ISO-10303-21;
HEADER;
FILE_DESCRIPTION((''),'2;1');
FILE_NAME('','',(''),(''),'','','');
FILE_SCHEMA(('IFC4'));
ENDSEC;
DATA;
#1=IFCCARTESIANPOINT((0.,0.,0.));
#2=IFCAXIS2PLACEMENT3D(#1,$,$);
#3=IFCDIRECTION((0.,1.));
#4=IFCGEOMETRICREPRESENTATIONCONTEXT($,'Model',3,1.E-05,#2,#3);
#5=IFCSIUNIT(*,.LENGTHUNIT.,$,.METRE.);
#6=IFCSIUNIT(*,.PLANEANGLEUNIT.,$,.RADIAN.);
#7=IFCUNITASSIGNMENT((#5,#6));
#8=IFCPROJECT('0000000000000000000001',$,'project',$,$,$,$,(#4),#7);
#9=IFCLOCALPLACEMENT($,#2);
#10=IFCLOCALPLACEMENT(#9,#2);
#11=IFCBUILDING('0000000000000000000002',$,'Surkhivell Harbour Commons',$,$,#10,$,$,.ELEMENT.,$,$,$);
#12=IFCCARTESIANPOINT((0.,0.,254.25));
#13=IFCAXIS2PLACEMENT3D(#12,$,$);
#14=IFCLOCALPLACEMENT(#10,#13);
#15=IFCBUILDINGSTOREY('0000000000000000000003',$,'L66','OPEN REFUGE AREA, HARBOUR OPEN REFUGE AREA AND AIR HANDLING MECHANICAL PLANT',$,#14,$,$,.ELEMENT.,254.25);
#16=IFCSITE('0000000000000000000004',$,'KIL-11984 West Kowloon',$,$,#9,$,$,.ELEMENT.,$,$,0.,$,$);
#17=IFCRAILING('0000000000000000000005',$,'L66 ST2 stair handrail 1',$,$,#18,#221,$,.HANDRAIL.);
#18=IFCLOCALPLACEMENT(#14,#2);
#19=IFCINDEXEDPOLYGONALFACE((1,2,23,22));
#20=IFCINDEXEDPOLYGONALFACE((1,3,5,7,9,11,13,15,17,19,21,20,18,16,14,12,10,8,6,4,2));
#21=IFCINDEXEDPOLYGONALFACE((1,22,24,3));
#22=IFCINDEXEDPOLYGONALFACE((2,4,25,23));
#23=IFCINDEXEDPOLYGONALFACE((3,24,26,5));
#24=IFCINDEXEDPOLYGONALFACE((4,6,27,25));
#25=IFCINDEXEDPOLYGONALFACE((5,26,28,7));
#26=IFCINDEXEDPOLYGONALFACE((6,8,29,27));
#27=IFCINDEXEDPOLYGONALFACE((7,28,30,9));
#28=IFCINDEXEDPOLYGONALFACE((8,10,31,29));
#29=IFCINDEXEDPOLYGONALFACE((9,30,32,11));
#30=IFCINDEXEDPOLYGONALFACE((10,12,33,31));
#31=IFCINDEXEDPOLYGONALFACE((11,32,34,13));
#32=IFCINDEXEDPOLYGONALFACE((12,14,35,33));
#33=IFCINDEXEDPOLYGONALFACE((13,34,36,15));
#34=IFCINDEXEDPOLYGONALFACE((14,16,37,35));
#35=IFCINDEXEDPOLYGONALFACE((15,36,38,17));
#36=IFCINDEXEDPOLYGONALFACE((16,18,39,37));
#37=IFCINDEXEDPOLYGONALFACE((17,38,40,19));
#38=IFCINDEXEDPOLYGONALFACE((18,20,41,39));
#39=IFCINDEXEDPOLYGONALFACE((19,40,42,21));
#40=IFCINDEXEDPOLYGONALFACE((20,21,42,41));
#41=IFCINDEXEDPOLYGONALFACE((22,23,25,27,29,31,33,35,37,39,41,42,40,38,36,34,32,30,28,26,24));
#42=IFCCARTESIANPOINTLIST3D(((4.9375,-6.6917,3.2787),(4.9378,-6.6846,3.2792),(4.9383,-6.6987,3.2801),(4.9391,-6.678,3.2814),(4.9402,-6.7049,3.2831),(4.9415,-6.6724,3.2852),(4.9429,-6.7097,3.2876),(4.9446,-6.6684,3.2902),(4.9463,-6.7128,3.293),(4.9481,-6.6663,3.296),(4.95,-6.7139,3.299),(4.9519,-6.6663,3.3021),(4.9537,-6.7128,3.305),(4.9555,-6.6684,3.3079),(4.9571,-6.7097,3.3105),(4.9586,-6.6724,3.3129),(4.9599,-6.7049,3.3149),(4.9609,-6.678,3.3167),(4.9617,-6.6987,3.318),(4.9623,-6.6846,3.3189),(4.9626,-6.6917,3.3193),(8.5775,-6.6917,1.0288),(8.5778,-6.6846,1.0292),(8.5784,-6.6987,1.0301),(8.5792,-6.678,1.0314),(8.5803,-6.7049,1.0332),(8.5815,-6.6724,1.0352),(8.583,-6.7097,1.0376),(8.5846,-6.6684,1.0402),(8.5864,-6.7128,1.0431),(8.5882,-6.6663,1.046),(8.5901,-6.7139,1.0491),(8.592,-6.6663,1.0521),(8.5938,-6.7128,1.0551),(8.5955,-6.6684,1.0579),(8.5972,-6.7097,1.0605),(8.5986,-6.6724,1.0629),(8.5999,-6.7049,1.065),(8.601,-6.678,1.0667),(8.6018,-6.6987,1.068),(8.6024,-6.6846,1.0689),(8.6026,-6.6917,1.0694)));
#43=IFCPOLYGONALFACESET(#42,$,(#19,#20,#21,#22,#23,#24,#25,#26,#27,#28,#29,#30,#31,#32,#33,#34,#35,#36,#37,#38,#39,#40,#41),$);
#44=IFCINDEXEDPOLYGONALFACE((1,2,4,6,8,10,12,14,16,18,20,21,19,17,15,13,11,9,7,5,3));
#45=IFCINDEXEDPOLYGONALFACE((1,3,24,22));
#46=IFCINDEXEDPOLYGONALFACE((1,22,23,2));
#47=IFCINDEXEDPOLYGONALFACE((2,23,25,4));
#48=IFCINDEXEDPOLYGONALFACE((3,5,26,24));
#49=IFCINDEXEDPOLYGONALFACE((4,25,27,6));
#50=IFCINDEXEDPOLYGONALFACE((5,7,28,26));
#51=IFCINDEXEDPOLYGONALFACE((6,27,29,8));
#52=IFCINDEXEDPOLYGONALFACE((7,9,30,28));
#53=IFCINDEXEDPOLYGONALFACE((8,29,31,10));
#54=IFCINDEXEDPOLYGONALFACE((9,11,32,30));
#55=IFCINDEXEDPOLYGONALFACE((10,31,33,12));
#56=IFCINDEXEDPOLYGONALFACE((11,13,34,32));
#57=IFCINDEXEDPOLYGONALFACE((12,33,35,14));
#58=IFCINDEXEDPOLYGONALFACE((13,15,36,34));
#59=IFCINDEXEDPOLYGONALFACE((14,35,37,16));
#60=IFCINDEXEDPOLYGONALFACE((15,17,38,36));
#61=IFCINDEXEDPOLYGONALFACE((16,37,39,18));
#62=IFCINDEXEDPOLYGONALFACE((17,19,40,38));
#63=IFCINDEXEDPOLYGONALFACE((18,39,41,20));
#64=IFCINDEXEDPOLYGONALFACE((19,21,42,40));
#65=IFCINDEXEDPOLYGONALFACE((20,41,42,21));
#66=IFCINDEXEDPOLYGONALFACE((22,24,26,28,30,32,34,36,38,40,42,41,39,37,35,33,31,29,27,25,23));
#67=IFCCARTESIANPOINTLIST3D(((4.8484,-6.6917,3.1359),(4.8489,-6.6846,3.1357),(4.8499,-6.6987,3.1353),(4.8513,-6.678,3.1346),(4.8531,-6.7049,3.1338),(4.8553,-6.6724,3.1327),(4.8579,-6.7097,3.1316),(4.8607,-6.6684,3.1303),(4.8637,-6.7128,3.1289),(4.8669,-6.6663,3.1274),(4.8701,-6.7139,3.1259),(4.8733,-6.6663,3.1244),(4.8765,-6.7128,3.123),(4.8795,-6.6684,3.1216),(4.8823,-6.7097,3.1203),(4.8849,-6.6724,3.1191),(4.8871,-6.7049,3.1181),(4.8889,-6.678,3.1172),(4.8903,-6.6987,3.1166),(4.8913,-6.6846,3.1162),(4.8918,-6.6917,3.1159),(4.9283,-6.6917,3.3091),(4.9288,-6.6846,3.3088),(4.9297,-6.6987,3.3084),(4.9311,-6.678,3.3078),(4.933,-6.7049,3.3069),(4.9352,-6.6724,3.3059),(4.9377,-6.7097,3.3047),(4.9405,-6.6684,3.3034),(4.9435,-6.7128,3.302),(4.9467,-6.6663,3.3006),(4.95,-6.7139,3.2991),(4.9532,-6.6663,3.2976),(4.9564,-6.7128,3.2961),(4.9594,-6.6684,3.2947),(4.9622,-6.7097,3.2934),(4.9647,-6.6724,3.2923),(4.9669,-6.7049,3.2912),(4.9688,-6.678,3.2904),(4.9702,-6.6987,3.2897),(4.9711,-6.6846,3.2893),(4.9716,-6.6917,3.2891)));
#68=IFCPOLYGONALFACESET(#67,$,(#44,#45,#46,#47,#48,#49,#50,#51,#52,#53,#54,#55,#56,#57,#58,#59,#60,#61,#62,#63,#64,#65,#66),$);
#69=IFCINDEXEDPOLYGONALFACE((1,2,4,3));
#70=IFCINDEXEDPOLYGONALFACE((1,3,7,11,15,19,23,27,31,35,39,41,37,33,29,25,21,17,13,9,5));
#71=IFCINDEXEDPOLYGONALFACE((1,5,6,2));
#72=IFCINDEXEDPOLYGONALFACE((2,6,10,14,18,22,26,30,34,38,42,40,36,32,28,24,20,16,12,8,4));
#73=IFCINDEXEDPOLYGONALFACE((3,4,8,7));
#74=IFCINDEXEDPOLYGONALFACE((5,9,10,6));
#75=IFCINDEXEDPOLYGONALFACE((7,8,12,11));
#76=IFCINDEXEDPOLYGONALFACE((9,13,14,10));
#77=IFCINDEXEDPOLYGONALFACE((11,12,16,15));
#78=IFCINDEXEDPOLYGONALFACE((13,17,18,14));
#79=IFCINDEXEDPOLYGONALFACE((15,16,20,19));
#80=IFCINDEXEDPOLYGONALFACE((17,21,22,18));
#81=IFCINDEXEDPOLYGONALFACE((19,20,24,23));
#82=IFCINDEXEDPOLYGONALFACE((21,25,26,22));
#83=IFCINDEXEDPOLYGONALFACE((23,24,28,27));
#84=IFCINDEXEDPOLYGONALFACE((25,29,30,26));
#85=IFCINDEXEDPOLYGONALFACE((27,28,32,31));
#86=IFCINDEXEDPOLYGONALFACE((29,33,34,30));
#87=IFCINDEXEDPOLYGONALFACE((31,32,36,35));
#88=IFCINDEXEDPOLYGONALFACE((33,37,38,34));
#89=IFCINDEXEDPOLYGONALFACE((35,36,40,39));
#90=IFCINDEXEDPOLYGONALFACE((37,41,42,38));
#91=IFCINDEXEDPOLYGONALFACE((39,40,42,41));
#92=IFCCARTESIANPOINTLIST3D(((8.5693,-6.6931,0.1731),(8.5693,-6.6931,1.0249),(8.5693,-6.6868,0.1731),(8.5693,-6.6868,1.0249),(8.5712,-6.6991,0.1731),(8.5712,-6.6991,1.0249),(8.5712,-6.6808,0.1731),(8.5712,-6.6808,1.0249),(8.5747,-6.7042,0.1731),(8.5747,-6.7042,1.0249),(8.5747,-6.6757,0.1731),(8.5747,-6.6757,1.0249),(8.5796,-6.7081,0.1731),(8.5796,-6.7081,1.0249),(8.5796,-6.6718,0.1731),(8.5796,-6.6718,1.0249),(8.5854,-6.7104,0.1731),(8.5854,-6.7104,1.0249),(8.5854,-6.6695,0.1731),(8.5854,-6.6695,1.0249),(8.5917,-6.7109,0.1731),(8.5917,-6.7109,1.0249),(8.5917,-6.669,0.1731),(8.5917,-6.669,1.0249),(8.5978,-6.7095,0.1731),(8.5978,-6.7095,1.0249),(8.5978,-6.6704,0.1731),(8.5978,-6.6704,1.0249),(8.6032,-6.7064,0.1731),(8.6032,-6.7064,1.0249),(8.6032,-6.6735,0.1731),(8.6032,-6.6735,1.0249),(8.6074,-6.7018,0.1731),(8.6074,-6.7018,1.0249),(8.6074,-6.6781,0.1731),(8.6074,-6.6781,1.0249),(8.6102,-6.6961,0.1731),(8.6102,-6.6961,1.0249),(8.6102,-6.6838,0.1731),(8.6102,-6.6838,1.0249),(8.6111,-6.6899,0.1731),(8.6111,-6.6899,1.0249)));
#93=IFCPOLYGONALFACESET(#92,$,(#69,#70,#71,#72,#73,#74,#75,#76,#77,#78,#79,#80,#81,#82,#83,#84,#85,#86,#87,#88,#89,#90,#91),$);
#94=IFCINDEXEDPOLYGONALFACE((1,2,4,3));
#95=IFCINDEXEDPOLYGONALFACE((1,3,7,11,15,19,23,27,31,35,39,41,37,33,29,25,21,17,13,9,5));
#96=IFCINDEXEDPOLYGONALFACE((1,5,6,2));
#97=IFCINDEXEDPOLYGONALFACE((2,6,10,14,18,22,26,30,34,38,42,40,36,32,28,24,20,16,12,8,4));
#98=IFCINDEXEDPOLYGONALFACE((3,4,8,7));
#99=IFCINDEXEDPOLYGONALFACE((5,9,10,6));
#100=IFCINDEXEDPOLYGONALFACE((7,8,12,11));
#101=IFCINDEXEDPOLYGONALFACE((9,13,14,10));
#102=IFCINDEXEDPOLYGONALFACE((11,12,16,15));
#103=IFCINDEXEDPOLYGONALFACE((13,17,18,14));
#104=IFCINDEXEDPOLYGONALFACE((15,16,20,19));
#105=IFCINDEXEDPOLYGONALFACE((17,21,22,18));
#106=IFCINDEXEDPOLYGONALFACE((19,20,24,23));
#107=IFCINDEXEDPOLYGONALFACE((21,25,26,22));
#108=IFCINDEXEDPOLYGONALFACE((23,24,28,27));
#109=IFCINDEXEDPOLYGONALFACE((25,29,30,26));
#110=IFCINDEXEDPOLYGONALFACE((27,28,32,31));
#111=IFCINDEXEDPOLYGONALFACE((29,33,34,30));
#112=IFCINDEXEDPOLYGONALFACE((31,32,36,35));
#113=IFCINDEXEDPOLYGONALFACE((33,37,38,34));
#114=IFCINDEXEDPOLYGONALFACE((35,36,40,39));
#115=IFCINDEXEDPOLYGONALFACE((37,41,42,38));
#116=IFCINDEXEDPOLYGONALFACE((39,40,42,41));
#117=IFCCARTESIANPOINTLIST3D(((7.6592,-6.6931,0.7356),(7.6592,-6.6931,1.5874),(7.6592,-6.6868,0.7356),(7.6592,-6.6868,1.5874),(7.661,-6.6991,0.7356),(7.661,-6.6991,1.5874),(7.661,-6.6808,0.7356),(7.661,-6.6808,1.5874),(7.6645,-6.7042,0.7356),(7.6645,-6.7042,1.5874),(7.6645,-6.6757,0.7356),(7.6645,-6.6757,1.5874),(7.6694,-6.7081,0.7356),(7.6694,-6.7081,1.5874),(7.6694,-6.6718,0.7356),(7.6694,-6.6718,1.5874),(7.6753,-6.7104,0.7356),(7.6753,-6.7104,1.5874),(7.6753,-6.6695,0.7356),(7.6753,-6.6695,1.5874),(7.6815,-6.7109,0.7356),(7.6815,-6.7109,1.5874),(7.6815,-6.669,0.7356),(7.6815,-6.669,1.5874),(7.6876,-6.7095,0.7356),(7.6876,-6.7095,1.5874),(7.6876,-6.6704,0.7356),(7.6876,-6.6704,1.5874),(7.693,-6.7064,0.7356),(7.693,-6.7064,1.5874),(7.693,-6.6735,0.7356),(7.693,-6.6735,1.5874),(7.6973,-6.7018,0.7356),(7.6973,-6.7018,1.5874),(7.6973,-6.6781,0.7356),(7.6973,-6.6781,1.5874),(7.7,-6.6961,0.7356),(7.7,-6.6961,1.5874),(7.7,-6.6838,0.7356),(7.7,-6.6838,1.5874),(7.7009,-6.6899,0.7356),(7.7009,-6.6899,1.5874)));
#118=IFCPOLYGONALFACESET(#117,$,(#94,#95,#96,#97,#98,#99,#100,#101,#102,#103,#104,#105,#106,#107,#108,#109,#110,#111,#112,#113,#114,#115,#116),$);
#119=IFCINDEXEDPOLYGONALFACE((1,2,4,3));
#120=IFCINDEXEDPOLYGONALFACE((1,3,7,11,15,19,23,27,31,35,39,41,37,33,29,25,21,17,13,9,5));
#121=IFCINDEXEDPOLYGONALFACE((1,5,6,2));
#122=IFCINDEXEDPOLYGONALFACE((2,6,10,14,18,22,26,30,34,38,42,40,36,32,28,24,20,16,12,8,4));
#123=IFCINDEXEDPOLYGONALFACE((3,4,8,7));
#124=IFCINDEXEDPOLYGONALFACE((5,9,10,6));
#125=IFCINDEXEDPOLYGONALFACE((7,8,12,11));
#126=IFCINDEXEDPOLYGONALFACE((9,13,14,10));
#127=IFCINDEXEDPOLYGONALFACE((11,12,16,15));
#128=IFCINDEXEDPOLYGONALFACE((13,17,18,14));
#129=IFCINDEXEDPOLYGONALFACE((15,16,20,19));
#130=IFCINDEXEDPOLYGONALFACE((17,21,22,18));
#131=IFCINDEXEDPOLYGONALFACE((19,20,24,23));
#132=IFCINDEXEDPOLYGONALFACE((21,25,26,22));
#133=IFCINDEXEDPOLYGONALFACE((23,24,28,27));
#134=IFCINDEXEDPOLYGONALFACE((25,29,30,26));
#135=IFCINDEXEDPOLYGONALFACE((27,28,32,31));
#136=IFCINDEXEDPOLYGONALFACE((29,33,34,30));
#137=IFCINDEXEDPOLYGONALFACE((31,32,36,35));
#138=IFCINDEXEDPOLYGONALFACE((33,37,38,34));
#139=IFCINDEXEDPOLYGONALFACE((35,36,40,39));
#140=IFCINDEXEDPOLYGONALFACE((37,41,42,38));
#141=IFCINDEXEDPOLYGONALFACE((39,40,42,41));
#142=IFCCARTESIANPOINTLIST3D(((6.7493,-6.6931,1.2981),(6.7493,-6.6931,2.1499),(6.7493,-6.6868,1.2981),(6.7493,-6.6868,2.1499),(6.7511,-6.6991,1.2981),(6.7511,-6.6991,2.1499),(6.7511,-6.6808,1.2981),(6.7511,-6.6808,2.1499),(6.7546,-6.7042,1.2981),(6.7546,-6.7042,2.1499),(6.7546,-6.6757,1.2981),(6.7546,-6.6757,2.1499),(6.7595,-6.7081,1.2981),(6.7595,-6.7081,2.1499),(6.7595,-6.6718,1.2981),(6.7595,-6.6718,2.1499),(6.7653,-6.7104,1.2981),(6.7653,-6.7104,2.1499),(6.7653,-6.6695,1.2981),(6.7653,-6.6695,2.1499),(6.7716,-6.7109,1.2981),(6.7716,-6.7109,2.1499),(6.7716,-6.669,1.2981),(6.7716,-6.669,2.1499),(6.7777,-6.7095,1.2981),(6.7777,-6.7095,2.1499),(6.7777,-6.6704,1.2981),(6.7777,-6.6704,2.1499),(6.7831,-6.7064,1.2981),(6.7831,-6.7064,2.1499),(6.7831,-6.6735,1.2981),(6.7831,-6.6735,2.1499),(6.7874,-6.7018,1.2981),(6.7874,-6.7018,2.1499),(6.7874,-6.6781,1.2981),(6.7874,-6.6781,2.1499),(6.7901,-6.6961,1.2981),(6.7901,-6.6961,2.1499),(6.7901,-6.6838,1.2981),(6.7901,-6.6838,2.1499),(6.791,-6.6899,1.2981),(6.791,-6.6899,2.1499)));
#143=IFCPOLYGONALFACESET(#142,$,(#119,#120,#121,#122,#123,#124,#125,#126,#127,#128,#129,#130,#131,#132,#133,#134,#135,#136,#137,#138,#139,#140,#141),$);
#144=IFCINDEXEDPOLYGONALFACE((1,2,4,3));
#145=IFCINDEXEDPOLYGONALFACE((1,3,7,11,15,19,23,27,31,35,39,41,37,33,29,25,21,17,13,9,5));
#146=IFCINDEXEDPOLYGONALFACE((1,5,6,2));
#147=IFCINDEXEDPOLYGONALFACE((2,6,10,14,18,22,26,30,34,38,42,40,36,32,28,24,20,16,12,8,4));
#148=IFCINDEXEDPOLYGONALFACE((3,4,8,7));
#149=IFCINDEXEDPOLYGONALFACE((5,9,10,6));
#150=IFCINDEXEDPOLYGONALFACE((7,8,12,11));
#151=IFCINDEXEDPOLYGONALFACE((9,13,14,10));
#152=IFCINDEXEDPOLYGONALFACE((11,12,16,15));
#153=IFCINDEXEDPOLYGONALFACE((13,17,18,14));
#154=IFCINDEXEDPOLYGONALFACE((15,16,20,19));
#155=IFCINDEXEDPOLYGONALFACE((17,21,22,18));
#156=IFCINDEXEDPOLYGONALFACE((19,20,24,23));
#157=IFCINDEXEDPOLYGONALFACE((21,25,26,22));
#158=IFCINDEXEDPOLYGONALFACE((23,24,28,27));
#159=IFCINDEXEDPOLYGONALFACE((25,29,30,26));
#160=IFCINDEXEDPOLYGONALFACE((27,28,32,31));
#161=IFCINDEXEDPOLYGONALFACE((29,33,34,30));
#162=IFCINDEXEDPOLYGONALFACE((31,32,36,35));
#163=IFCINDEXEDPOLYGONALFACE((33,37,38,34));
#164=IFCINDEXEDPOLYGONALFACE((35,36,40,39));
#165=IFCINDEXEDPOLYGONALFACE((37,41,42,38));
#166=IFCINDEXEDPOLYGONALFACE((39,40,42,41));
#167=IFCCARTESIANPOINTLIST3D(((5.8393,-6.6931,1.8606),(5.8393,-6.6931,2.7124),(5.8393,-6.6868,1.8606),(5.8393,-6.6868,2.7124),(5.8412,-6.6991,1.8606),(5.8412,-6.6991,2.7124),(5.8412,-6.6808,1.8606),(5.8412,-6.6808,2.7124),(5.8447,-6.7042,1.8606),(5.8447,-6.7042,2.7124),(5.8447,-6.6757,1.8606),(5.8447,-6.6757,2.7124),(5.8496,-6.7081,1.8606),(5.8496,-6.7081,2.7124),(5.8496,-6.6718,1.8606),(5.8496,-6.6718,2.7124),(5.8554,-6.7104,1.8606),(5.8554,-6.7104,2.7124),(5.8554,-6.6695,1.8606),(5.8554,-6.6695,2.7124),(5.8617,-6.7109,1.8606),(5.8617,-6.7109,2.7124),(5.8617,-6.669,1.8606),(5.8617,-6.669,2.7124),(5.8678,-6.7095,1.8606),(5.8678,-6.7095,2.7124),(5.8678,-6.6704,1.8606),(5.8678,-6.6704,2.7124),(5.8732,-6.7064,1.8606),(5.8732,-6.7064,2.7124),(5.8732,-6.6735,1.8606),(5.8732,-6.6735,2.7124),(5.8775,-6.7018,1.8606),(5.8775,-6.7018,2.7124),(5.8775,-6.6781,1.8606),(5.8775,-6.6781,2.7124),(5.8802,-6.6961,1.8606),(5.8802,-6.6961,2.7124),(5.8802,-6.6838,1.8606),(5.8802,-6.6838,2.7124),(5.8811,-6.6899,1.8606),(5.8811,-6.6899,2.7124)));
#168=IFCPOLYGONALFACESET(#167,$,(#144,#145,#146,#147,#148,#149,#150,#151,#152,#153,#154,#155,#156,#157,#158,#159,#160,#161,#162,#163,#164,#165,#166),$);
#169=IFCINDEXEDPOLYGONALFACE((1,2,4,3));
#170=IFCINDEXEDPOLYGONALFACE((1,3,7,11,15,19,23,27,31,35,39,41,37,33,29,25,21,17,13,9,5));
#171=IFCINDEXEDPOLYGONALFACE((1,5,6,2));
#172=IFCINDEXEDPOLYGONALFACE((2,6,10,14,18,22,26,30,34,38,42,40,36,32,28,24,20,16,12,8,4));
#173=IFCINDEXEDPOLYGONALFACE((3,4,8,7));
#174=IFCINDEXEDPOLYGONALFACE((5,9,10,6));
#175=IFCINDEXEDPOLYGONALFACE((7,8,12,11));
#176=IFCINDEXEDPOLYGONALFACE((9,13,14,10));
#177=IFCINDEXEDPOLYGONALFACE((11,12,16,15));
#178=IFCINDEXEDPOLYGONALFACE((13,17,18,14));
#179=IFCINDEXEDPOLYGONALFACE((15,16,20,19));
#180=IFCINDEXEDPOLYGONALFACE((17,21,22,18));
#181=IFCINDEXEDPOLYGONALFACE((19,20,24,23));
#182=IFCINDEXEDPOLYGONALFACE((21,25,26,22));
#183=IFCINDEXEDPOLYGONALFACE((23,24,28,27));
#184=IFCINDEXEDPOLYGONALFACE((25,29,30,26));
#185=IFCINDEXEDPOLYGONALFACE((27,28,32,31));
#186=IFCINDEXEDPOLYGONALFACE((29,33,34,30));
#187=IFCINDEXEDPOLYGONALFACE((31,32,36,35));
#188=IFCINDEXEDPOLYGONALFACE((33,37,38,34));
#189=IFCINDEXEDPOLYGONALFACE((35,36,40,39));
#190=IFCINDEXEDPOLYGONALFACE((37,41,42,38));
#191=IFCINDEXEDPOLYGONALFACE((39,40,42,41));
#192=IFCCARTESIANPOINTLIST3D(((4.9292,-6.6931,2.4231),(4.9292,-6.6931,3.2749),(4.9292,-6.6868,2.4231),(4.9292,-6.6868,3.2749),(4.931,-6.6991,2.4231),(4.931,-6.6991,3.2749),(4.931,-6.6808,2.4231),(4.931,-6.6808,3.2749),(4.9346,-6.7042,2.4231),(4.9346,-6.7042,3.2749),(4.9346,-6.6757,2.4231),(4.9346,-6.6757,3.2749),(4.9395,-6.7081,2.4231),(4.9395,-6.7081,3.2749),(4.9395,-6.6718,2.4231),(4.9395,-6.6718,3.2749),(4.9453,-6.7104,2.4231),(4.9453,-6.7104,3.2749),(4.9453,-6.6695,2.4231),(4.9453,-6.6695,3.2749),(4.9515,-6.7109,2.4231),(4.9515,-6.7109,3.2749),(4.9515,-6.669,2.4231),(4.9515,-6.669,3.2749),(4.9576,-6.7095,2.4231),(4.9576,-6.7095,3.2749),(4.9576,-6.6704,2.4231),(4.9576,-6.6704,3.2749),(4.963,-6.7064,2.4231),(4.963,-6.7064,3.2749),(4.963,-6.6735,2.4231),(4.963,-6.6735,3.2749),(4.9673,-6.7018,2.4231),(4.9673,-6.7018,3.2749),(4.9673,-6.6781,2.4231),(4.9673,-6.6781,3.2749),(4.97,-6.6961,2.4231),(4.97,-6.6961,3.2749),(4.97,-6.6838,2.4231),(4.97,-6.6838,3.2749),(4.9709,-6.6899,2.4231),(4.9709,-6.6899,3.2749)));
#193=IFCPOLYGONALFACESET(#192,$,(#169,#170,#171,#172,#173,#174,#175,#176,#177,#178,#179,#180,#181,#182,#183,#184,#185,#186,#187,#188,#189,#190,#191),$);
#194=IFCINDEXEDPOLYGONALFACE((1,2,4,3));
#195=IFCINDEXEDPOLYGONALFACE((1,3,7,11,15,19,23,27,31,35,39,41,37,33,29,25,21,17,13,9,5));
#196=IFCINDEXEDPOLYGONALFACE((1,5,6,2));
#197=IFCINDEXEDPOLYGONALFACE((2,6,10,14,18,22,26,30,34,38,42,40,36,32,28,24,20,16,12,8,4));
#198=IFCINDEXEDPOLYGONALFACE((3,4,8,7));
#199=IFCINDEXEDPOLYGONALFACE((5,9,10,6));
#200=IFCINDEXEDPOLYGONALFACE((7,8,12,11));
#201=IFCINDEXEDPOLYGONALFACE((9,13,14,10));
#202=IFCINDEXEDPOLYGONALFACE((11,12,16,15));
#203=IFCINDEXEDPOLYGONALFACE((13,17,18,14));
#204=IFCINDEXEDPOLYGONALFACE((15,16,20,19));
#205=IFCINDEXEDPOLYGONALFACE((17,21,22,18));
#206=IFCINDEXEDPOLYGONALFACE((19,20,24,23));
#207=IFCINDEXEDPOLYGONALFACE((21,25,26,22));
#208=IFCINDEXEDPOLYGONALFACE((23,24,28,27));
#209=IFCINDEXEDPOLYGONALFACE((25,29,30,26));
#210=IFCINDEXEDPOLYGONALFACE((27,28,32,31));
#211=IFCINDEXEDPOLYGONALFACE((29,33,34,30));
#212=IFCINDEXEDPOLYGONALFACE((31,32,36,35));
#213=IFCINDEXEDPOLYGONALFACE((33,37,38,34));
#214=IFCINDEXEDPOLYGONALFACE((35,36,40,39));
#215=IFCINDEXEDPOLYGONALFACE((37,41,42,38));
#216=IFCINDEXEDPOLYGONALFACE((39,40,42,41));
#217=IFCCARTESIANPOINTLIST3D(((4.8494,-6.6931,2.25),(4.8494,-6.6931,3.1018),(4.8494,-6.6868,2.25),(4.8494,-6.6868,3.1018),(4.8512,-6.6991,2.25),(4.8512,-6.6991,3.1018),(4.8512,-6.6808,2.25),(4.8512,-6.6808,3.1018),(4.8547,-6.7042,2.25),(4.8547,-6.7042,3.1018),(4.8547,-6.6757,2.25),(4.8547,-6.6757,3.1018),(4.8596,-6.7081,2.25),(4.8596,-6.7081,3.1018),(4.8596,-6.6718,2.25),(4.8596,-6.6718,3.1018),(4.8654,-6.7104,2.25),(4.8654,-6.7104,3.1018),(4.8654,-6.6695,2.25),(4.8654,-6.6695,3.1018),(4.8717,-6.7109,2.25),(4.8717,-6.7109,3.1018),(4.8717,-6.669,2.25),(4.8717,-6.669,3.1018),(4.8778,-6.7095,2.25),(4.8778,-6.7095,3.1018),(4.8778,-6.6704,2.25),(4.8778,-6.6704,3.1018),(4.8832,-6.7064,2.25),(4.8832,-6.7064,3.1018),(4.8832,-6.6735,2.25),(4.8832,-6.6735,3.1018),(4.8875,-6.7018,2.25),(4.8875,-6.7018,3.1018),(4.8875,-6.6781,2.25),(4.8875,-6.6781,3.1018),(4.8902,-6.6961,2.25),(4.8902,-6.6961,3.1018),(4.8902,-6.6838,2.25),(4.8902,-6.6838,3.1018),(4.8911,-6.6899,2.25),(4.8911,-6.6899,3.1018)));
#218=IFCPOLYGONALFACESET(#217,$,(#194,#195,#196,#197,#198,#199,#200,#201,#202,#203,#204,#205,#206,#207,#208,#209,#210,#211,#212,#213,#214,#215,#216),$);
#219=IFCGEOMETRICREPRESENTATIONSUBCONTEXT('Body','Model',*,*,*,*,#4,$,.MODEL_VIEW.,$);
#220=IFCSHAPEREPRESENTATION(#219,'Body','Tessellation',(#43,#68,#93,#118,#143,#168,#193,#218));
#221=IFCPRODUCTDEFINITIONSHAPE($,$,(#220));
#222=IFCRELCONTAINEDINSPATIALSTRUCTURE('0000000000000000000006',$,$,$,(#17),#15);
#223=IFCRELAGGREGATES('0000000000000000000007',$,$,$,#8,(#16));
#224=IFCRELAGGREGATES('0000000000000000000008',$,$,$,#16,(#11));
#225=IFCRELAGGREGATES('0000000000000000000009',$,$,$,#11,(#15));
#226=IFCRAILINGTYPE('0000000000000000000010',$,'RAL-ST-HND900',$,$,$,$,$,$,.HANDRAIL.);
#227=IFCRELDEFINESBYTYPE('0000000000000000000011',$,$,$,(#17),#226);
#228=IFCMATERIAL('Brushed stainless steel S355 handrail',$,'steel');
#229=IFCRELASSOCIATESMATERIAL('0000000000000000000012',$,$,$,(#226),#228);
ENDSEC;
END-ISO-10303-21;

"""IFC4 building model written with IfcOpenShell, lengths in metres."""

from ifc_helpers import new_model, si_unit, direction, frame, origin, origin_2d, place, context, subcontext, project, spatial, circle, extrude, material, type_object, element, save


model = new_model("IFC4")

# Units and contexts
model_context = context("Model", 3, precision=1e-05, world=origin(), true_north=direction((0.0, 1.0)))
body_context = subcontext(model_context, "Body", "Model", "MODEL_VIEW")
ifc_project = project(units=[si_unit("LENGTHUNIT", "METRE"), si_unit("PLANEANGLEUNIT", "RADIAN")], contexts=[model_context])

# Site, building, storey
site_placement = place(None, origin())
site = spatial("IfcSite", under=ifc_project, at=site_placement, Name="KIL-11984 West Kowloon", CompositionType="ELEMENT", RefElevation=0.0)
building_placement = place(site_placement, origin())
building = spatial("IfcBuilding", under=site, at=building_placement, Name="Surkhivell Harbour Commons", CompositionType="ELEMENT")
storey_placement = place(building_placement, frame((0.0, 0.0, 254.25)))
storey = spatial("IfcBuildingStorey", under=building, at=storey_placement, Name="L66", Description="OPEN REFUGE AREA, HARBOUR OPEN REFUGE AREA AND AIR HANDLING MECHANICAL PLANT", CompositionType="ELEMENT", Elevation=254.25)

# Railing
ifc_material_1 = material(Name="Brushed stainless steel S355 handrail", Category="steel")
railing_type_1 = type_object("IfcRailingType", Name="RAL-ST-HND900", PredefinedType="HANDRAIL", material=ifc_material_1)
railing_1_placement = place(storey_placement, frame((8.5901, -6.6899, 0.1731)))
element("IfcRailing", 1, at=railing_1_placement, inside=storey, type_object=railing_type_1, Name="L66 ST2 stair handrail 1", PredefinedType="HANDRAIL", context=body_context, shape_type="SweptSolid", body=[
    extrude(circle(Radius=0.0239, at=origin_2d()), frame((0.0, 0.0, 0.876), z_axis=(-0.850622, 0.0, 0.525777), x_axis=(0.0, -1.0, 0.0)), (0.0, 0.0, 1.0), 4.2793),
    extrude(circle(Radius=0.0239, at=origin_2d()), frame((-3.6401, 0.0, 3.126), z_axis=(-0.418815, 0.0, -0.908072), x_axis=(0.0, -1.0, 0.0)), (0.0, 0.0, 1.0), 0.1907),
    extrude(circle(Radius=0.021, at=origin_2d()), origin(), (0.0, 0.0, 1.0), 0.8518),
    extrude(circle(Radius=0.021, at=origin_2d()), frame((-0.9102, 0.0, 0.5625)), (0.0, 0.0, 1.0), 0.8518),
    extrude(circle(Radius=0.021, at=origin_2d()), frame((-1.8201, 0.0, 1.125)), (0.0, 0.0, 1.0), 0.8518),
    extrude(circle(Radius=0.021, at=origin_2d()), frame((-2.73, 0.0, 1.6875)), (0.0, 0.0, 1.0), 0.8518),
    extrude(circle(Radius=0.021, at=origin_2d()), frame((-3.6401, 0.0, 2.25)), (0.0, 0.0, 1.0), 0.8518),
    extrude(circle(Radius=0.021, at=origin_2d()), frame((-3.72, 0.0, 2.0769)), (0.0, 0.0, 1.0), 0.8518),
])

save(model, "model.ifc")
